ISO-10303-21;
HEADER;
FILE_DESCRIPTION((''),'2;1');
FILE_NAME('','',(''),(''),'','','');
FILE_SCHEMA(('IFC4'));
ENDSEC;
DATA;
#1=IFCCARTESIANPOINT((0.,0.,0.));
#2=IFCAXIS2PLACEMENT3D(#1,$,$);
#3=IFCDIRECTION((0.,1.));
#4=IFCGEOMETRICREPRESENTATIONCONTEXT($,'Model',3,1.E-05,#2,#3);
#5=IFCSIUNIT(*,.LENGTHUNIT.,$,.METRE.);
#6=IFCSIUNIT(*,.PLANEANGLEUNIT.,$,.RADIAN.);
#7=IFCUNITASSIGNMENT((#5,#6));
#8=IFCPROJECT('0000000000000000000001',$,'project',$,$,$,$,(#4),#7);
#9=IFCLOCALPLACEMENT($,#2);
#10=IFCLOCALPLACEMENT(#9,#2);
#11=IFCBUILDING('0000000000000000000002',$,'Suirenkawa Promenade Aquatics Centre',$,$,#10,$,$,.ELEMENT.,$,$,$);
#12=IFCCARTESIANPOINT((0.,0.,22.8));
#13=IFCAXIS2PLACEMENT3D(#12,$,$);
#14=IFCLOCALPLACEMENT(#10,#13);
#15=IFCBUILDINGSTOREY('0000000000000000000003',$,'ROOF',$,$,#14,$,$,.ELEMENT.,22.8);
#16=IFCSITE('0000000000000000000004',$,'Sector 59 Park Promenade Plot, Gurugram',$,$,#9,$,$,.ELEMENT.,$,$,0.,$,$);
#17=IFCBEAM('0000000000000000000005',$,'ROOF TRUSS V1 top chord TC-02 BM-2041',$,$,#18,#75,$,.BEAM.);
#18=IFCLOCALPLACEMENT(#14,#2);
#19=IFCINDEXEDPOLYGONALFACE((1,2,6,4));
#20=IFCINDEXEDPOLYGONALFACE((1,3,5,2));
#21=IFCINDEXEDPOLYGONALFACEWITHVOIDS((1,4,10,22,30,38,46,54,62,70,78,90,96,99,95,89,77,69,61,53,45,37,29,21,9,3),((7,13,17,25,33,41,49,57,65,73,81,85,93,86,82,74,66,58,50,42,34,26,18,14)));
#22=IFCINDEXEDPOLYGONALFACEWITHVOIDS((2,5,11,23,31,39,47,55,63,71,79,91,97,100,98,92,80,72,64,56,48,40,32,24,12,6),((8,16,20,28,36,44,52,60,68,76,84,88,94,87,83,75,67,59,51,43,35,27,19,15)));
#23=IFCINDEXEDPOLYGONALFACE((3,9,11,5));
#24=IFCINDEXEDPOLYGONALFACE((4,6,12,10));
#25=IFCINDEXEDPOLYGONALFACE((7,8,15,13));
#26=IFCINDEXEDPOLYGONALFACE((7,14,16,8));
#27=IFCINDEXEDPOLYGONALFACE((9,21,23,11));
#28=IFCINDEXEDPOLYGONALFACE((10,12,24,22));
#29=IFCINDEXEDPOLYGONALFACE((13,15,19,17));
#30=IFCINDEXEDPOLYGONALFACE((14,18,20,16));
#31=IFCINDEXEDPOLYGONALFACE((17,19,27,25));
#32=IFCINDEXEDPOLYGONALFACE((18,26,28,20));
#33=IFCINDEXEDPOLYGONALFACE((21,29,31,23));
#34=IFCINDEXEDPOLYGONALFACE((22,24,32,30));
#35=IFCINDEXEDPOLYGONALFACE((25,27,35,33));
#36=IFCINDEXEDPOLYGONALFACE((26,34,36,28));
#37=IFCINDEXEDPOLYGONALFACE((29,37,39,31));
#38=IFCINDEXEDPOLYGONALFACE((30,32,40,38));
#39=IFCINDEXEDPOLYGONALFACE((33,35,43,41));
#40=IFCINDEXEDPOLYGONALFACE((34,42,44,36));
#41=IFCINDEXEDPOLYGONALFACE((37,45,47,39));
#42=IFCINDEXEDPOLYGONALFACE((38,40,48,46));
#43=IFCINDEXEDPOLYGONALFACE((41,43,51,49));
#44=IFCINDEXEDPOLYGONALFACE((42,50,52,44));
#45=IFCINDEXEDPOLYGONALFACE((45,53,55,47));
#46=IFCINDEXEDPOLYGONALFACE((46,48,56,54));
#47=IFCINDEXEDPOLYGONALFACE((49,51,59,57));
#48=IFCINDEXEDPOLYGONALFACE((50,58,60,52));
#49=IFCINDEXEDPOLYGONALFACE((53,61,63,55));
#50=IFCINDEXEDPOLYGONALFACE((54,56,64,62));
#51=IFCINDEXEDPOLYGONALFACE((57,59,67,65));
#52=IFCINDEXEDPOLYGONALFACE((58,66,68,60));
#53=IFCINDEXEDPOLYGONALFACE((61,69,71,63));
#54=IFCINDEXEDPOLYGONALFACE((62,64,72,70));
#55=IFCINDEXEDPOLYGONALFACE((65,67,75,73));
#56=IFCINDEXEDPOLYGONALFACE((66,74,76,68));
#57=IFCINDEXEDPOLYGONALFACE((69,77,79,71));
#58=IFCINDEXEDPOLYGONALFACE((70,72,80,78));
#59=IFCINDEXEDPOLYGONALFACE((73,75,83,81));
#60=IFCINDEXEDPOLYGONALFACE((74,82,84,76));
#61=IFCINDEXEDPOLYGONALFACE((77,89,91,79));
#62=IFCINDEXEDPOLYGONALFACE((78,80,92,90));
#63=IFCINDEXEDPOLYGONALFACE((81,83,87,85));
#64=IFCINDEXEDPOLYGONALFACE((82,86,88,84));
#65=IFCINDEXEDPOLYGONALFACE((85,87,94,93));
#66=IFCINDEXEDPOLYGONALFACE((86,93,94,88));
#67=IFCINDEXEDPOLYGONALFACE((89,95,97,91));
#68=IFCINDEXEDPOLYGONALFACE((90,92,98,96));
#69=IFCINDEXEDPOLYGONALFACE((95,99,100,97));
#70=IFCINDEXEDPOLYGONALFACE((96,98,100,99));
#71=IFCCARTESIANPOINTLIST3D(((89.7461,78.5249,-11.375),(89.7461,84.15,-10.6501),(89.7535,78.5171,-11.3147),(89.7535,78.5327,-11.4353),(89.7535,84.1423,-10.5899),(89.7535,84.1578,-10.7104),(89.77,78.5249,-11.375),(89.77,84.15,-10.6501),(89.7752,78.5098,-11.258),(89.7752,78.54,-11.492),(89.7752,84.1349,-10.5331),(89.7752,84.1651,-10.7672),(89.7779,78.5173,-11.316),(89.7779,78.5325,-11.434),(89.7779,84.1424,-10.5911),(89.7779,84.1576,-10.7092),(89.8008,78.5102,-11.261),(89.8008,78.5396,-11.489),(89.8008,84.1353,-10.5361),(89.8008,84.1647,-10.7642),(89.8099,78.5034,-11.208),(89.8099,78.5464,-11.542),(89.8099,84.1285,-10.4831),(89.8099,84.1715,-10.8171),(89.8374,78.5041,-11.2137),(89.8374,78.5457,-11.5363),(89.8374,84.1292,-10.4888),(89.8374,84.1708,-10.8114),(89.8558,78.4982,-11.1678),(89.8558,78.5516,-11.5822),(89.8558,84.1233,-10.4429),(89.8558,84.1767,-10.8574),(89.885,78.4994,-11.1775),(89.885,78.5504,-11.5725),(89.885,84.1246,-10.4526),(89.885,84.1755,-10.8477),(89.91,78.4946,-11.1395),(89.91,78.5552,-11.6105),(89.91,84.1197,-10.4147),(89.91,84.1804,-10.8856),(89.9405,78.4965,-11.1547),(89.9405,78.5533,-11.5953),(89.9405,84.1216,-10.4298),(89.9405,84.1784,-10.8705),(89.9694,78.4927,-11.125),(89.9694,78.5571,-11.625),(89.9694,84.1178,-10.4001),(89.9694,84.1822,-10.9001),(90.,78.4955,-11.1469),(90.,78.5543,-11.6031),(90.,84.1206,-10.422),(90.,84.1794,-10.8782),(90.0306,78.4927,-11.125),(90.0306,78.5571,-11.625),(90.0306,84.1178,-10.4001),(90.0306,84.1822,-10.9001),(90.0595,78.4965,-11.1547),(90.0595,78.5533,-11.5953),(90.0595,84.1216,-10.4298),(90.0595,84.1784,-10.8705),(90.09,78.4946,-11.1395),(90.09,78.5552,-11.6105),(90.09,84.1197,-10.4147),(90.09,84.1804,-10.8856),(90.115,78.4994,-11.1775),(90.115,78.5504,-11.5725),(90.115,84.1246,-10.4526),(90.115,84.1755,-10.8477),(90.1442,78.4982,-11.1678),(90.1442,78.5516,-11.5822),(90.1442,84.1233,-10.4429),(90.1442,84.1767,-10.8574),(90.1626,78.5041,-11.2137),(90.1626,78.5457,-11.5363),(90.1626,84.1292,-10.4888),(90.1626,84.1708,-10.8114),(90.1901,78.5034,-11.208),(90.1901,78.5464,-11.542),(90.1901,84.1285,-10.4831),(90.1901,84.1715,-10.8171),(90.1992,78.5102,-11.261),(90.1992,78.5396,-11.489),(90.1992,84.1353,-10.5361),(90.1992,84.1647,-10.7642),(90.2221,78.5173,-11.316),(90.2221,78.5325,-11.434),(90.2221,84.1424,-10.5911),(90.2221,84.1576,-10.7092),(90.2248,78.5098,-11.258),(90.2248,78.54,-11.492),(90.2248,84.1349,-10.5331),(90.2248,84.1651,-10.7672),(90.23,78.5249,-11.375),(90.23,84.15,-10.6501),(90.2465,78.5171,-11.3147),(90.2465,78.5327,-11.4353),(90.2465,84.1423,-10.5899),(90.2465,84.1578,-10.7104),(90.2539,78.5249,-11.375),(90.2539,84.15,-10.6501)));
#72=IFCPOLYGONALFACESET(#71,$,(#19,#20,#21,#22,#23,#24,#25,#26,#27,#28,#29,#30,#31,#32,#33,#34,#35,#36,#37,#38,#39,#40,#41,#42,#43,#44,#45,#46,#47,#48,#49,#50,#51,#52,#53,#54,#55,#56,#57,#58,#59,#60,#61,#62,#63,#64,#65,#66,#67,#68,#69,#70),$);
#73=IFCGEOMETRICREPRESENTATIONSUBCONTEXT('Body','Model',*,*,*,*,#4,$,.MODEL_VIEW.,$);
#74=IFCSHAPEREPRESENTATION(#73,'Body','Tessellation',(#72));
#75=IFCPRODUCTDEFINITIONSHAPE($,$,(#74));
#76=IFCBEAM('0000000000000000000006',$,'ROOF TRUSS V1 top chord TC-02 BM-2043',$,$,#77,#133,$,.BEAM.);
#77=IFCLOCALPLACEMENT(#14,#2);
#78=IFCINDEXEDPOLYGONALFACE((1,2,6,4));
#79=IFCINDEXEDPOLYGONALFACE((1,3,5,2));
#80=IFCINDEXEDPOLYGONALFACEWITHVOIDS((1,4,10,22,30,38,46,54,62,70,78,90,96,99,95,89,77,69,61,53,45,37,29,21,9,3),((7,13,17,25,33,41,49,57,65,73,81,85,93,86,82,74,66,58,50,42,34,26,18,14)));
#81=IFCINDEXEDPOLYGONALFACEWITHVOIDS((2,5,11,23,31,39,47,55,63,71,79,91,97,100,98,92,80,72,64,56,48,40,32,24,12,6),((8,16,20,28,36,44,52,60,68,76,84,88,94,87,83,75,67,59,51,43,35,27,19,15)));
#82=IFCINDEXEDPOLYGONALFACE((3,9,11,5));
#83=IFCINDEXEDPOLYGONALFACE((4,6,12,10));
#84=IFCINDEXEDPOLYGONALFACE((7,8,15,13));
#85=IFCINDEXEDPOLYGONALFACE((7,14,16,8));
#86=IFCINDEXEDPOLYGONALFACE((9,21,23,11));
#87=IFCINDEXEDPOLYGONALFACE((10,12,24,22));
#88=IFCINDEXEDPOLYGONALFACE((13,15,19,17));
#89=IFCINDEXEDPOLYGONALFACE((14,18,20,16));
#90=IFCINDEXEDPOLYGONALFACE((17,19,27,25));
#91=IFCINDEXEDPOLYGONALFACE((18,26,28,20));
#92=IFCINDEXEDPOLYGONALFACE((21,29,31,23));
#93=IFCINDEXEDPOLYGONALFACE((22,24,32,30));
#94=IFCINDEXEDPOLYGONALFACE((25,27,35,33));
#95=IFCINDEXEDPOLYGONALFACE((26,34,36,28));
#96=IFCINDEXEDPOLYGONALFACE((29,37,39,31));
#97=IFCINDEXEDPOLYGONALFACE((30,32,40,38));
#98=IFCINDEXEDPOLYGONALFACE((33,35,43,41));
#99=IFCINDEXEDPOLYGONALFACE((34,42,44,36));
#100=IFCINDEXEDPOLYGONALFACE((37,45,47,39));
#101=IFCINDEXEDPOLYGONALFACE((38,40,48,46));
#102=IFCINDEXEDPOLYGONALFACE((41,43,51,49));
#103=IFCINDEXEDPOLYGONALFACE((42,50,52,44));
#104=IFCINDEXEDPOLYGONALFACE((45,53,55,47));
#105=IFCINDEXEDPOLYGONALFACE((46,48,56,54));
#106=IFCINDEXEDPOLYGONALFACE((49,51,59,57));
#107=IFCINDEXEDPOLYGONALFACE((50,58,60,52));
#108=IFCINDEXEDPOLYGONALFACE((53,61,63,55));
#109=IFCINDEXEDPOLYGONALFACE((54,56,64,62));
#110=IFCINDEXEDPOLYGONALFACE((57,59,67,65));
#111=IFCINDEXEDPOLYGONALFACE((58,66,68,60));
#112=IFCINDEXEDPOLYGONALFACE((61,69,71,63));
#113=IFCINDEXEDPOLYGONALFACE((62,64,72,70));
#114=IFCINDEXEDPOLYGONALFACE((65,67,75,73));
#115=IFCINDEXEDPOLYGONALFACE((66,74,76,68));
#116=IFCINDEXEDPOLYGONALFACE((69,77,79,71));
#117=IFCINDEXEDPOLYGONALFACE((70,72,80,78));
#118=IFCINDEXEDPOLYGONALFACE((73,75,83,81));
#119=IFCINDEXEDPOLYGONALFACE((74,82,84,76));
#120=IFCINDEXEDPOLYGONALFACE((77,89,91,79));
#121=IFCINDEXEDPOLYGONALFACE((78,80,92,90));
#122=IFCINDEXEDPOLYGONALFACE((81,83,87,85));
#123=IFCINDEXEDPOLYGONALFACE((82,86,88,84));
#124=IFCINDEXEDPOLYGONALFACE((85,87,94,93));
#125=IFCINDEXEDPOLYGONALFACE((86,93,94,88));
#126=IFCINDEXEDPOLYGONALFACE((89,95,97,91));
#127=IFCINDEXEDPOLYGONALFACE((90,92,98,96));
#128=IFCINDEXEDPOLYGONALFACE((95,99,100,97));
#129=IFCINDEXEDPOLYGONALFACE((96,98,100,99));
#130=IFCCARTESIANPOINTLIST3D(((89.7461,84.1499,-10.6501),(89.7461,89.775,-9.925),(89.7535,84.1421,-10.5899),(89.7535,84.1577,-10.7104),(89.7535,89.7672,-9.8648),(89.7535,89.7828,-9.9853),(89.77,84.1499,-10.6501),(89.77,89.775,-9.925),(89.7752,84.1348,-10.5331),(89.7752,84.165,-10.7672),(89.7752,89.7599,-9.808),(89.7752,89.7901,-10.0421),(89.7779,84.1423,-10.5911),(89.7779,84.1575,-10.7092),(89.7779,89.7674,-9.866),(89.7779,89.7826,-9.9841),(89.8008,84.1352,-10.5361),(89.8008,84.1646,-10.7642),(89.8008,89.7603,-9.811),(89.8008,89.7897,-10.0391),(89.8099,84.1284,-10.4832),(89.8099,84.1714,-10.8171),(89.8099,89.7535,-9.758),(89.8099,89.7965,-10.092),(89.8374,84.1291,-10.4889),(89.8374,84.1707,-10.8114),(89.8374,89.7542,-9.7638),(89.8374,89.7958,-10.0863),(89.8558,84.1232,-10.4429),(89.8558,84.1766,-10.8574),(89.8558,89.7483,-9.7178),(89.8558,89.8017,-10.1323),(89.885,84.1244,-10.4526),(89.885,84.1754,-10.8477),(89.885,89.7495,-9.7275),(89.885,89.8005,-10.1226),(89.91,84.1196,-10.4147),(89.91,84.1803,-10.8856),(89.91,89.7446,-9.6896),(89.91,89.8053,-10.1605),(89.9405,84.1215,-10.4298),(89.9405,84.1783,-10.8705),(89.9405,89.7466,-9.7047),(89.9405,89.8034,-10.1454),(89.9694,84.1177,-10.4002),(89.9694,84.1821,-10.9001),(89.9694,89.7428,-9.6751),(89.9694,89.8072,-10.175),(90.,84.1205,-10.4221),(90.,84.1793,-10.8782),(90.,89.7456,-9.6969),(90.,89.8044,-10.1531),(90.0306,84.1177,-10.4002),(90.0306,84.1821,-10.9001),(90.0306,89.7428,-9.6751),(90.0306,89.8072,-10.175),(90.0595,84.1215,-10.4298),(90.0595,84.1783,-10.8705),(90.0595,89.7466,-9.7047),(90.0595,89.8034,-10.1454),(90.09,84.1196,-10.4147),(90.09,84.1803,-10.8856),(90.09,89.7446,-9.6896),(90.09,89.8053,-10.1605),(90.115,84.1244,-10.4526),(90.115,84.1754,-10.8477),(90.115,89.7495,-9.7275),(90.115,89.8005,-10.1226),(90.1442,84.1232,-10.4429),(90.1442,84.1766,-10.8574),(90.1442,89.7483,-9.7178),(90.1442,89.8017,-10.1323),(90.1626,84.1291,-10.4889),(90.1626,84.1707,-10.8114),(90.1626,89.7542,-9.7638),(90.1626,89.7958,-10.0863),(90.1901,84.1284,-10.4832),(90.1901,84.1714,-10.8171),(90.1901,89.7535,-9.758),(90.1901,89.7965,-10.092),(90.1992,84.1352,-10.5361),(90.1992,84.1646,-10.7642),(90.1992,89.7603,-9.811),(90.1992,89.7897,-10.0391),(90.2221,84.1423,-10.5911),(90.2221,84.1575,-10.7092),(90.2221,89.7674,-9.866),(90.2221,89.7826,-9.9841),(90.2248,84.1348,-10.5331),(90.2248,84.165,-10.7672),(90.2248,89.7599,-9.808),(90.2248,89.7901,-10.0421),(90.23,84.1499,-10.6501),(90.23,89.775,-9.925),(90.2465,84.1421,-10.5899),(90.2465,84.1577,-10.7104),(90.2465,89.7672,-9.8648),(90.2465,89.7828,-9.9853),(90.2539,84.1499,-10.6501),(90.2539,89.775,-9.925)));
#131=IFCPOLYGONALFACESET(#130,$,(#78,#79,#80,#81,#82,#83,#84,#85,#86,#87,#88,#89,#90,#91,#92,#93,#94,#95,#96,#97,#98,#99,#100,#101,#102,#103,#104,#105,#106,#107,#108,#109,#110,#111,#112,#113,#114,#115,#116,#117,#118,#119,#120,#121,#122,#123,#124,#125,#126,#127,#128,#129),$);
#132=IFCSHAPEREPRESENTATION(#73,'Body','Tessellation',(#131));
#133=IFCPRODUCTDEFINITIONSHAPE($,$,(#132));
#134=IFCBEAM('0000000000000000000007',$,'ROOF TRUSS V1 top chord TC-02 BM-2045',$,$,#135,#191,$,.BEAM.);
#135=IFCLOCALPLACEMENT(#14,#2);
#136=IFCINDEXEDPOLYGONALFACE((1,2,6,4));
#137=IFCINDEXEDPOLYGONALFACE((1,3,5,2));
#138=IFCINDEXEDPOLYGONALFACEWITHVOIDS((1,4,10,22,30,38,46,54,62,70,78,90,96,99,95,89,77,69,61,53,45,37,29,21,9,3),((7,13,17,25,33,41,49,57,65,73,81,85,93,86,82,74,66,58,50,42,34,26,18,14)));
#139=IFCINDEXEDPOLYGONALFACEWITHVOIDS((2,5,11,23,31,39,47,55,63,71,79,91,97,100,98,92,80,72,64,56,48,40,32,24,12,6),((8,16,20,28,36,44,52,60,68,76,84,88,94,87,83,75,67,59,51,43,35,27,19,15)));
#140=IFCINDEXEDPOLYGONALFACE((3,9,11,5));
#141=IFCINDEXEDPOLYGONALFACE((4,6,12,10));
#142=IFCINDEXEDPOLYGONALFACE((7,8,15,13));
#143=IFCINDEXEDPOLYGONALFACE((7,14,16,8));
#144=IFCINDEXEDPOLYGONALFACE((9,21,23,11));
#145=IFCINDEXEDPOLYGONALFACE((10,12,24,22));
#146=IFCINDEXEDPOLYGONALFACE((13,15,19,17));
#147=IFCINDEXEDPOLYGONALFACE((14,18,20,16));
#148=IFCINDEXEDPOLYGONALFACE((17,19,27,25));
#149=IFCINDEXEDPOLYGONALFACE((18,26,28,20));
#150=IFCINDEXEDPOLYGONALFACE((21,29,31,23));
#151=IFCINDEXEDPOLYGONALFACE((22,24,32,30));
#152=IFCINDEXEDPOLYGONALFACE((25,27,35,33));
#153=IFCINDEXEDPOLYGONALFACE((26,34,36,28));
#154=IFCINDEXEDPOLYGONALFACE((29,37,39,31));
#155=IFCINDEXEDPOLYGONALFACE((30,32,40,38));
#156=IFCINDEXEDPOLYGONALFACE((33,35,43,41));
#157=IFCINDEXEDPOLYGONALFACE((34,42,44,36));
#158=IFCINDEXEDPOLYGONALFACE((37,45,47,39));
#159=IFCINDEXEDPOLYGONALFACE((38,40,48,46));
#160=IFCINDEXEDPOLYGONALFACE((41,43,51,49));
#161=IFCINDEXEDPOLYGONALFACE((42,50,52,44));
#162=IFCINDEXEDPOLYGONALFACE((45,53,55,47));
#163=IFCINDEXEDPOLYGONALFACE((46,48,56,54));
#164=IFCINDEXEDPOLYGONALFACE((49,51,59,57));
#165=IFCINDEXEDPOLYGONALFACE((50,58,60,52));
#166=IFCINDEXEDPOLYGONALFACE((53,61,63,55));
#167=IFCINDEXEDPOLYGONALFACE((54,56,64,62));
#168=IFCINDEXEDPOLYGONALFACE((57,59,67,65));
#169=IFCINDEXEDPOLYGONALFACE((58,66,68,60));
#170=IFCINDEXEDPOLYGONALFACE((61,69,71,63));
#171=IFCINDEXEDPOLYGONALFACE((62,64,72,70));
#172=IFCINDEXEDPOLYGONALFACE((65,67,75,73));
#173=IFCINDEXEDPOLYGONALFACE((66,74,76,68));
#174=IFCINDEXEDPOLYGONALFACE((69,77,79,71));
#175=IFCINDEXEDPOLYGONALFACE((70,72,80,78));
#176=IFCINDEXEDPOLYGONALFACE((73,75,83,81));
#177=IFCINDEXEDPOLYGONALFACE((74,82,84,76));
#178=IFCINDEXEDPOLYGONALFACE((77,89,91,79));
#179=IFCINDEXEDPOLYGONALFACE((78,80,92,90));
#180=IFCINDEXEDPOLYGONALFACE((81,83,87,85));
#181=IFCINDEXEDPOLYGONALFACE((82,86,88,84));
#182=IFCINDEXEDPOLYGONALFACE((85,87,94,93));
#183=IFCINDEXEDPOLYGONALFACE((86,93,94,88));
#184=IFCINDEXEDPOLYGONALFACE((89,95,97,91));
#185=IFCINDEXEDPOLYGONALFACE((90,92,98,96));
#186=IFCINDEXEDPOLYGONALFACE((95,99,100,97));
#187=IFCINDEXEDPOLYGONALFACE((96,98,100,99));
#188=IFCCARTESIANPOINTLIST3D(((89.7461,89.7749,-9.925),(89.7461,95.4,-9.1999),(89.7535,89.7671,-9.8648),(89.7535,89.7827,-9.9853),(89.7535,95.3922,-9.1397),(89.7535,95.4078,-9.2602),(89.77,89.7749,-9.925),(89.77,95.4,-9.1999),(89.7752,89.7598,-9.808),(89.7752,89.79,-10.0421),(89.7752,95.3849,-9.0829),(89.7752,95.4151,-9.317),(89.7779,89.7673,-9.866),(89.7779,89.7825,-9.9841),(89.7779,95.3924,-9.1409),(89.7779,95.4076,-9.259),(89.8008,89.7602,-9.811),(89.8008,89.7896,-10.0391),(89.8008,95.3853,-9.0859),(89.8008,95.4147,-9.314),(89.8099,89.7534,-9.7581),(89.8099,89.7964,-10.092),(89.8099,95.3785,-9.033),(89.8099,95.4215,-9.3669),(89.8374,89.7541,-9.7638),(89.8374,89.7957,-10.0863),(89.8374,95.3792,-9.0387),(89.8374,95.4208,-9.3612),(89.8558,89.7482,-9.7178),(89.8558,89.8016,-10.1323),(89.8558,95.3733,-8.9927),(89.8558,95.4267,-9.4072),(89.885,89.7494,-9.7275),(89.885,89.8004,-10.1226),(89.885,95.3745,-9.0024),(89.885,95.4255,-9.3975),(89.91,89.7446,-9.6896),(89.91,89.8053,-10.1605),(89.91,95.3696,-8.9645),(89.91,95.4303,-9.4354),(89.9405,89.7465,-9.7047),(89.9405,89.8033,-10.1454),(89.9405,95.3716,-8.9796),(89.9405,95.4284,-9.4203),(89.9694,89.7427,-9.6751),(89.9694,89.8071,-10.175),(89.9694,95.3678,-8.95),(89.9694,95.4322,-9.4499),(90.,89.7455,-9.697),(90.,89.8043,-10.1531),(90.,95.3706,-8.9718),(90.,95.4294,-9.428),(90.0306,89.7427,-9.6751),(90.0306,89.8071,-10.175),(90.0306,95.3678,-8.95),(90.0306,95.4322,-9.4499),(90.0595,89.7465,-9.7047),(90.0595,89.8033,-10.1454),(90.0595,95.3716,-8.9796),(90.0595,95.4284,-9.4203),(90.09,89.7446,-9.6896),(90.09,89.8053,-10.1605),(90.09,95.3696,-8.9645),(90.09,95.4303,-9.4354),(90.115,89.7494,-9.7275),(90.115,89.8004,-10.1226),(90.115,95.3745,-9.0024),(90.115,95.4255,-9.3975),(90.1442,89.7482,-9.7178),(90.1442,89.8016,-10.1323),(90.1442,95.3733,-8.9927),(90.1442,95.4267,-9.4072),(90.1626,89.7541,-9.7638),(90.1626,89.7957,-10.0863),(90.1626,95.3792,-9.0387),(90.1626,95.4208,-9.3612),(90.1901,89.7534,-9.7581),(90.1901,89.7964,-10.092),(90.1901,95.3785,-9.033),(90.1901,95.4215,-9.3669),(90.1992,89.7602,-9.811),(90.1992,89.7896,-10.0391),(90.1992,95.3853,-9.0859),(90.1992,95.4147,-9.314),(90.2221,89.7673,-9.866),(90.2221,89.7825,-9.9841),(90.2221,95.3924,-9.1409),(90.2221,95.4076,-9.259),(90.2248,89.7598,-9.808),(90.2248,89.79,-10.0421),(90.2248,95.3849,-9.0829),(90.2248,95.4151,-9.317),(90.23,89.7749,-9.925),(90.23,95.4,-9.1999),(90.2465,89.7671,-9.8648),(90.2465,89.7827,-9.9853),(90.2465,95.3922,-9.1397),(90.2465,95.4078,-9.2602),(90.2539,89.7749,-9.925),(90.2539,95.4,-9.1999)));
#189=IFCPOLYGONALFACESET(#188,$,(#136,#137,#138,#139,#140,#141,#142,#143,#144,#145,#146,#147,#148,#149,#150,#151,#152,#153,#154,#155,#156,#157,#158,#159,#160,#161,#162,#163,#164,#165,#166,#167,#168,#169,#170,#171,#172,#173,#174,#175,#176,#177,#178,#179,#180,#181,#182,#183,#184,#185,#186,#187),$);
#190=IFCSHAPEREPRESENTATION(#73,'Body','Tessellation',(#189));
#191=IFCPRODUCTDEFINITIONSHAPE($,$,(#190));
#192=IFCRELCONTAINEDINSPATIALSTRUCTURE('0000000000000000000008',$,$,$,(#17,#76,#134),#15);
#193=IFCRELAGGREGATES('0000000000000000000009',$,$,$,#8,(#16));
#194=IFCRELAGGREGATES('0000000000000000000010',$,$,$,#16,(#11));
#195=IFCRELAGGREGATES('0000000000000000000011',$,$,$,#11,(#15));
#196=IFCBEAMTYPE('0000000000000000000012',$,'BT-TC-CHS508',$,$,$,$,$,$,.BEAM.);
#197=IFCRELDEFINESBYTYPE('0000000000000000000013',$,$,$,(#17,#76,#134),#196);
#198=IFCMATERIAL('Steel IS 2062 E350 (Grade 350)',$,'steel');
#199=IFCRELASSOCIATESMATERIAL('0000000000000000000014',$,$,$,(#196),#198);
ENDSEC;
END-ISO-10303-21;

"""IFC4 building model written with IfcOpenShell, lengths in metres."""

from ifc_helpers import new_model, si_unit, direction, frame, origin, origin_2d, place, context, subcontext, project, spatial, hollow_circle, extrude, material, material_profile, profile_set, type_object, element, save


model = new_model("IFC4")

# Units and contexts
model_context = context("Model", 3, precision=1e-05, world=origin(), true_north=direction((0.0, 1.0)))
body_context = subcontext(model_context, "Body", "Model", "MODEL_VIEW")
ifc_project = project(units=[si_unit("LENGTHUNIT", "METRE"), si_unit("PLANEANGLEUNIT", "RADIAN")], contexts=[model_context])

# Site, building, storey
site_placement = place(None, origin())
site = spatial("IfcSite", under=ifc_project, at=site_placement, Name="Sector 59 Park Promenade Plot, Gurugram", CompositionType="ELEMENT", RefElevation=0.0)
building_placement = place(site_placement, origin())
building = spatial("IfcBuilding", under=site, at=building_placement, Name="Suirenkawa Promenade Aquatics Centre", CompositionType="ELEMENT")
storey_placement = place(building_placement, frame((0.0, 0.0, 22.8)))
storey = spatial("IfcBuildingStorey", under=building, at=storey_placement, Name="ROOF", CompositionType="ELEMENT", Elevation=22.8)

# Beams
ifc_material = material(Name="Steel IS 2062 E350 (Grade 350)", Category="steel")
ifc_material_profile_1 = material_profile(ifc_material, hollow_circle(Radius=0.2539, WallThickness=0.0239, at=origin_2d()), Name="CHS 508x24", Category="steel")
ifc_profile_set_1 = profile_set([ifc_material_profile_1], Name="Steel IS 2062 E350 (Grade 350)")
beam_type_1 = type_object("IfcBeamType", Name="BT-TC-CHS508", PredefinedType="BEAM", material=ifc_profile_set_1)
for number, where, z_axis, x_axis, name in (
    (1, (90.0, 78.5249, -11.375), (0.0, 0.991799, 0.127806), (-1.0, 0.0, 0.0), "ROOF TRUSS V1 top chord TC-02 BM-2041"),
    (2, (90.0, 84.1499, -10.6501), (0.0, 0.991794, 0.127848), (-1.0, 0.0, 0.0), "ROOF TRUSS V1 top chord TC-02 BM-2043"),
    (3, (90.0, 89.7749, -9.925), (0.0, 0.991794, 0.127848), (-1.0, 0.0, 0.0), "ROOF TRUSS V1 top chord TC-02 BM-2045"),
):
    element("IfcBeam", number, at=place(storey_placement, frame(where, z_axis=z_axis, x_axis=x_axis)), inside=storey, type_object=beam_type_1, Name=name, PredefinedType="BEAM", context=body_context, shape_type="SweptSolid", body=[
        extrude(hollow_circle(Radius=0.2539, WallThickness=0.0239, at=origin_2d()), origin(), (0.0, 0.0, 1.0), 5.6716),
    ])

save(model, "model.ifc")
